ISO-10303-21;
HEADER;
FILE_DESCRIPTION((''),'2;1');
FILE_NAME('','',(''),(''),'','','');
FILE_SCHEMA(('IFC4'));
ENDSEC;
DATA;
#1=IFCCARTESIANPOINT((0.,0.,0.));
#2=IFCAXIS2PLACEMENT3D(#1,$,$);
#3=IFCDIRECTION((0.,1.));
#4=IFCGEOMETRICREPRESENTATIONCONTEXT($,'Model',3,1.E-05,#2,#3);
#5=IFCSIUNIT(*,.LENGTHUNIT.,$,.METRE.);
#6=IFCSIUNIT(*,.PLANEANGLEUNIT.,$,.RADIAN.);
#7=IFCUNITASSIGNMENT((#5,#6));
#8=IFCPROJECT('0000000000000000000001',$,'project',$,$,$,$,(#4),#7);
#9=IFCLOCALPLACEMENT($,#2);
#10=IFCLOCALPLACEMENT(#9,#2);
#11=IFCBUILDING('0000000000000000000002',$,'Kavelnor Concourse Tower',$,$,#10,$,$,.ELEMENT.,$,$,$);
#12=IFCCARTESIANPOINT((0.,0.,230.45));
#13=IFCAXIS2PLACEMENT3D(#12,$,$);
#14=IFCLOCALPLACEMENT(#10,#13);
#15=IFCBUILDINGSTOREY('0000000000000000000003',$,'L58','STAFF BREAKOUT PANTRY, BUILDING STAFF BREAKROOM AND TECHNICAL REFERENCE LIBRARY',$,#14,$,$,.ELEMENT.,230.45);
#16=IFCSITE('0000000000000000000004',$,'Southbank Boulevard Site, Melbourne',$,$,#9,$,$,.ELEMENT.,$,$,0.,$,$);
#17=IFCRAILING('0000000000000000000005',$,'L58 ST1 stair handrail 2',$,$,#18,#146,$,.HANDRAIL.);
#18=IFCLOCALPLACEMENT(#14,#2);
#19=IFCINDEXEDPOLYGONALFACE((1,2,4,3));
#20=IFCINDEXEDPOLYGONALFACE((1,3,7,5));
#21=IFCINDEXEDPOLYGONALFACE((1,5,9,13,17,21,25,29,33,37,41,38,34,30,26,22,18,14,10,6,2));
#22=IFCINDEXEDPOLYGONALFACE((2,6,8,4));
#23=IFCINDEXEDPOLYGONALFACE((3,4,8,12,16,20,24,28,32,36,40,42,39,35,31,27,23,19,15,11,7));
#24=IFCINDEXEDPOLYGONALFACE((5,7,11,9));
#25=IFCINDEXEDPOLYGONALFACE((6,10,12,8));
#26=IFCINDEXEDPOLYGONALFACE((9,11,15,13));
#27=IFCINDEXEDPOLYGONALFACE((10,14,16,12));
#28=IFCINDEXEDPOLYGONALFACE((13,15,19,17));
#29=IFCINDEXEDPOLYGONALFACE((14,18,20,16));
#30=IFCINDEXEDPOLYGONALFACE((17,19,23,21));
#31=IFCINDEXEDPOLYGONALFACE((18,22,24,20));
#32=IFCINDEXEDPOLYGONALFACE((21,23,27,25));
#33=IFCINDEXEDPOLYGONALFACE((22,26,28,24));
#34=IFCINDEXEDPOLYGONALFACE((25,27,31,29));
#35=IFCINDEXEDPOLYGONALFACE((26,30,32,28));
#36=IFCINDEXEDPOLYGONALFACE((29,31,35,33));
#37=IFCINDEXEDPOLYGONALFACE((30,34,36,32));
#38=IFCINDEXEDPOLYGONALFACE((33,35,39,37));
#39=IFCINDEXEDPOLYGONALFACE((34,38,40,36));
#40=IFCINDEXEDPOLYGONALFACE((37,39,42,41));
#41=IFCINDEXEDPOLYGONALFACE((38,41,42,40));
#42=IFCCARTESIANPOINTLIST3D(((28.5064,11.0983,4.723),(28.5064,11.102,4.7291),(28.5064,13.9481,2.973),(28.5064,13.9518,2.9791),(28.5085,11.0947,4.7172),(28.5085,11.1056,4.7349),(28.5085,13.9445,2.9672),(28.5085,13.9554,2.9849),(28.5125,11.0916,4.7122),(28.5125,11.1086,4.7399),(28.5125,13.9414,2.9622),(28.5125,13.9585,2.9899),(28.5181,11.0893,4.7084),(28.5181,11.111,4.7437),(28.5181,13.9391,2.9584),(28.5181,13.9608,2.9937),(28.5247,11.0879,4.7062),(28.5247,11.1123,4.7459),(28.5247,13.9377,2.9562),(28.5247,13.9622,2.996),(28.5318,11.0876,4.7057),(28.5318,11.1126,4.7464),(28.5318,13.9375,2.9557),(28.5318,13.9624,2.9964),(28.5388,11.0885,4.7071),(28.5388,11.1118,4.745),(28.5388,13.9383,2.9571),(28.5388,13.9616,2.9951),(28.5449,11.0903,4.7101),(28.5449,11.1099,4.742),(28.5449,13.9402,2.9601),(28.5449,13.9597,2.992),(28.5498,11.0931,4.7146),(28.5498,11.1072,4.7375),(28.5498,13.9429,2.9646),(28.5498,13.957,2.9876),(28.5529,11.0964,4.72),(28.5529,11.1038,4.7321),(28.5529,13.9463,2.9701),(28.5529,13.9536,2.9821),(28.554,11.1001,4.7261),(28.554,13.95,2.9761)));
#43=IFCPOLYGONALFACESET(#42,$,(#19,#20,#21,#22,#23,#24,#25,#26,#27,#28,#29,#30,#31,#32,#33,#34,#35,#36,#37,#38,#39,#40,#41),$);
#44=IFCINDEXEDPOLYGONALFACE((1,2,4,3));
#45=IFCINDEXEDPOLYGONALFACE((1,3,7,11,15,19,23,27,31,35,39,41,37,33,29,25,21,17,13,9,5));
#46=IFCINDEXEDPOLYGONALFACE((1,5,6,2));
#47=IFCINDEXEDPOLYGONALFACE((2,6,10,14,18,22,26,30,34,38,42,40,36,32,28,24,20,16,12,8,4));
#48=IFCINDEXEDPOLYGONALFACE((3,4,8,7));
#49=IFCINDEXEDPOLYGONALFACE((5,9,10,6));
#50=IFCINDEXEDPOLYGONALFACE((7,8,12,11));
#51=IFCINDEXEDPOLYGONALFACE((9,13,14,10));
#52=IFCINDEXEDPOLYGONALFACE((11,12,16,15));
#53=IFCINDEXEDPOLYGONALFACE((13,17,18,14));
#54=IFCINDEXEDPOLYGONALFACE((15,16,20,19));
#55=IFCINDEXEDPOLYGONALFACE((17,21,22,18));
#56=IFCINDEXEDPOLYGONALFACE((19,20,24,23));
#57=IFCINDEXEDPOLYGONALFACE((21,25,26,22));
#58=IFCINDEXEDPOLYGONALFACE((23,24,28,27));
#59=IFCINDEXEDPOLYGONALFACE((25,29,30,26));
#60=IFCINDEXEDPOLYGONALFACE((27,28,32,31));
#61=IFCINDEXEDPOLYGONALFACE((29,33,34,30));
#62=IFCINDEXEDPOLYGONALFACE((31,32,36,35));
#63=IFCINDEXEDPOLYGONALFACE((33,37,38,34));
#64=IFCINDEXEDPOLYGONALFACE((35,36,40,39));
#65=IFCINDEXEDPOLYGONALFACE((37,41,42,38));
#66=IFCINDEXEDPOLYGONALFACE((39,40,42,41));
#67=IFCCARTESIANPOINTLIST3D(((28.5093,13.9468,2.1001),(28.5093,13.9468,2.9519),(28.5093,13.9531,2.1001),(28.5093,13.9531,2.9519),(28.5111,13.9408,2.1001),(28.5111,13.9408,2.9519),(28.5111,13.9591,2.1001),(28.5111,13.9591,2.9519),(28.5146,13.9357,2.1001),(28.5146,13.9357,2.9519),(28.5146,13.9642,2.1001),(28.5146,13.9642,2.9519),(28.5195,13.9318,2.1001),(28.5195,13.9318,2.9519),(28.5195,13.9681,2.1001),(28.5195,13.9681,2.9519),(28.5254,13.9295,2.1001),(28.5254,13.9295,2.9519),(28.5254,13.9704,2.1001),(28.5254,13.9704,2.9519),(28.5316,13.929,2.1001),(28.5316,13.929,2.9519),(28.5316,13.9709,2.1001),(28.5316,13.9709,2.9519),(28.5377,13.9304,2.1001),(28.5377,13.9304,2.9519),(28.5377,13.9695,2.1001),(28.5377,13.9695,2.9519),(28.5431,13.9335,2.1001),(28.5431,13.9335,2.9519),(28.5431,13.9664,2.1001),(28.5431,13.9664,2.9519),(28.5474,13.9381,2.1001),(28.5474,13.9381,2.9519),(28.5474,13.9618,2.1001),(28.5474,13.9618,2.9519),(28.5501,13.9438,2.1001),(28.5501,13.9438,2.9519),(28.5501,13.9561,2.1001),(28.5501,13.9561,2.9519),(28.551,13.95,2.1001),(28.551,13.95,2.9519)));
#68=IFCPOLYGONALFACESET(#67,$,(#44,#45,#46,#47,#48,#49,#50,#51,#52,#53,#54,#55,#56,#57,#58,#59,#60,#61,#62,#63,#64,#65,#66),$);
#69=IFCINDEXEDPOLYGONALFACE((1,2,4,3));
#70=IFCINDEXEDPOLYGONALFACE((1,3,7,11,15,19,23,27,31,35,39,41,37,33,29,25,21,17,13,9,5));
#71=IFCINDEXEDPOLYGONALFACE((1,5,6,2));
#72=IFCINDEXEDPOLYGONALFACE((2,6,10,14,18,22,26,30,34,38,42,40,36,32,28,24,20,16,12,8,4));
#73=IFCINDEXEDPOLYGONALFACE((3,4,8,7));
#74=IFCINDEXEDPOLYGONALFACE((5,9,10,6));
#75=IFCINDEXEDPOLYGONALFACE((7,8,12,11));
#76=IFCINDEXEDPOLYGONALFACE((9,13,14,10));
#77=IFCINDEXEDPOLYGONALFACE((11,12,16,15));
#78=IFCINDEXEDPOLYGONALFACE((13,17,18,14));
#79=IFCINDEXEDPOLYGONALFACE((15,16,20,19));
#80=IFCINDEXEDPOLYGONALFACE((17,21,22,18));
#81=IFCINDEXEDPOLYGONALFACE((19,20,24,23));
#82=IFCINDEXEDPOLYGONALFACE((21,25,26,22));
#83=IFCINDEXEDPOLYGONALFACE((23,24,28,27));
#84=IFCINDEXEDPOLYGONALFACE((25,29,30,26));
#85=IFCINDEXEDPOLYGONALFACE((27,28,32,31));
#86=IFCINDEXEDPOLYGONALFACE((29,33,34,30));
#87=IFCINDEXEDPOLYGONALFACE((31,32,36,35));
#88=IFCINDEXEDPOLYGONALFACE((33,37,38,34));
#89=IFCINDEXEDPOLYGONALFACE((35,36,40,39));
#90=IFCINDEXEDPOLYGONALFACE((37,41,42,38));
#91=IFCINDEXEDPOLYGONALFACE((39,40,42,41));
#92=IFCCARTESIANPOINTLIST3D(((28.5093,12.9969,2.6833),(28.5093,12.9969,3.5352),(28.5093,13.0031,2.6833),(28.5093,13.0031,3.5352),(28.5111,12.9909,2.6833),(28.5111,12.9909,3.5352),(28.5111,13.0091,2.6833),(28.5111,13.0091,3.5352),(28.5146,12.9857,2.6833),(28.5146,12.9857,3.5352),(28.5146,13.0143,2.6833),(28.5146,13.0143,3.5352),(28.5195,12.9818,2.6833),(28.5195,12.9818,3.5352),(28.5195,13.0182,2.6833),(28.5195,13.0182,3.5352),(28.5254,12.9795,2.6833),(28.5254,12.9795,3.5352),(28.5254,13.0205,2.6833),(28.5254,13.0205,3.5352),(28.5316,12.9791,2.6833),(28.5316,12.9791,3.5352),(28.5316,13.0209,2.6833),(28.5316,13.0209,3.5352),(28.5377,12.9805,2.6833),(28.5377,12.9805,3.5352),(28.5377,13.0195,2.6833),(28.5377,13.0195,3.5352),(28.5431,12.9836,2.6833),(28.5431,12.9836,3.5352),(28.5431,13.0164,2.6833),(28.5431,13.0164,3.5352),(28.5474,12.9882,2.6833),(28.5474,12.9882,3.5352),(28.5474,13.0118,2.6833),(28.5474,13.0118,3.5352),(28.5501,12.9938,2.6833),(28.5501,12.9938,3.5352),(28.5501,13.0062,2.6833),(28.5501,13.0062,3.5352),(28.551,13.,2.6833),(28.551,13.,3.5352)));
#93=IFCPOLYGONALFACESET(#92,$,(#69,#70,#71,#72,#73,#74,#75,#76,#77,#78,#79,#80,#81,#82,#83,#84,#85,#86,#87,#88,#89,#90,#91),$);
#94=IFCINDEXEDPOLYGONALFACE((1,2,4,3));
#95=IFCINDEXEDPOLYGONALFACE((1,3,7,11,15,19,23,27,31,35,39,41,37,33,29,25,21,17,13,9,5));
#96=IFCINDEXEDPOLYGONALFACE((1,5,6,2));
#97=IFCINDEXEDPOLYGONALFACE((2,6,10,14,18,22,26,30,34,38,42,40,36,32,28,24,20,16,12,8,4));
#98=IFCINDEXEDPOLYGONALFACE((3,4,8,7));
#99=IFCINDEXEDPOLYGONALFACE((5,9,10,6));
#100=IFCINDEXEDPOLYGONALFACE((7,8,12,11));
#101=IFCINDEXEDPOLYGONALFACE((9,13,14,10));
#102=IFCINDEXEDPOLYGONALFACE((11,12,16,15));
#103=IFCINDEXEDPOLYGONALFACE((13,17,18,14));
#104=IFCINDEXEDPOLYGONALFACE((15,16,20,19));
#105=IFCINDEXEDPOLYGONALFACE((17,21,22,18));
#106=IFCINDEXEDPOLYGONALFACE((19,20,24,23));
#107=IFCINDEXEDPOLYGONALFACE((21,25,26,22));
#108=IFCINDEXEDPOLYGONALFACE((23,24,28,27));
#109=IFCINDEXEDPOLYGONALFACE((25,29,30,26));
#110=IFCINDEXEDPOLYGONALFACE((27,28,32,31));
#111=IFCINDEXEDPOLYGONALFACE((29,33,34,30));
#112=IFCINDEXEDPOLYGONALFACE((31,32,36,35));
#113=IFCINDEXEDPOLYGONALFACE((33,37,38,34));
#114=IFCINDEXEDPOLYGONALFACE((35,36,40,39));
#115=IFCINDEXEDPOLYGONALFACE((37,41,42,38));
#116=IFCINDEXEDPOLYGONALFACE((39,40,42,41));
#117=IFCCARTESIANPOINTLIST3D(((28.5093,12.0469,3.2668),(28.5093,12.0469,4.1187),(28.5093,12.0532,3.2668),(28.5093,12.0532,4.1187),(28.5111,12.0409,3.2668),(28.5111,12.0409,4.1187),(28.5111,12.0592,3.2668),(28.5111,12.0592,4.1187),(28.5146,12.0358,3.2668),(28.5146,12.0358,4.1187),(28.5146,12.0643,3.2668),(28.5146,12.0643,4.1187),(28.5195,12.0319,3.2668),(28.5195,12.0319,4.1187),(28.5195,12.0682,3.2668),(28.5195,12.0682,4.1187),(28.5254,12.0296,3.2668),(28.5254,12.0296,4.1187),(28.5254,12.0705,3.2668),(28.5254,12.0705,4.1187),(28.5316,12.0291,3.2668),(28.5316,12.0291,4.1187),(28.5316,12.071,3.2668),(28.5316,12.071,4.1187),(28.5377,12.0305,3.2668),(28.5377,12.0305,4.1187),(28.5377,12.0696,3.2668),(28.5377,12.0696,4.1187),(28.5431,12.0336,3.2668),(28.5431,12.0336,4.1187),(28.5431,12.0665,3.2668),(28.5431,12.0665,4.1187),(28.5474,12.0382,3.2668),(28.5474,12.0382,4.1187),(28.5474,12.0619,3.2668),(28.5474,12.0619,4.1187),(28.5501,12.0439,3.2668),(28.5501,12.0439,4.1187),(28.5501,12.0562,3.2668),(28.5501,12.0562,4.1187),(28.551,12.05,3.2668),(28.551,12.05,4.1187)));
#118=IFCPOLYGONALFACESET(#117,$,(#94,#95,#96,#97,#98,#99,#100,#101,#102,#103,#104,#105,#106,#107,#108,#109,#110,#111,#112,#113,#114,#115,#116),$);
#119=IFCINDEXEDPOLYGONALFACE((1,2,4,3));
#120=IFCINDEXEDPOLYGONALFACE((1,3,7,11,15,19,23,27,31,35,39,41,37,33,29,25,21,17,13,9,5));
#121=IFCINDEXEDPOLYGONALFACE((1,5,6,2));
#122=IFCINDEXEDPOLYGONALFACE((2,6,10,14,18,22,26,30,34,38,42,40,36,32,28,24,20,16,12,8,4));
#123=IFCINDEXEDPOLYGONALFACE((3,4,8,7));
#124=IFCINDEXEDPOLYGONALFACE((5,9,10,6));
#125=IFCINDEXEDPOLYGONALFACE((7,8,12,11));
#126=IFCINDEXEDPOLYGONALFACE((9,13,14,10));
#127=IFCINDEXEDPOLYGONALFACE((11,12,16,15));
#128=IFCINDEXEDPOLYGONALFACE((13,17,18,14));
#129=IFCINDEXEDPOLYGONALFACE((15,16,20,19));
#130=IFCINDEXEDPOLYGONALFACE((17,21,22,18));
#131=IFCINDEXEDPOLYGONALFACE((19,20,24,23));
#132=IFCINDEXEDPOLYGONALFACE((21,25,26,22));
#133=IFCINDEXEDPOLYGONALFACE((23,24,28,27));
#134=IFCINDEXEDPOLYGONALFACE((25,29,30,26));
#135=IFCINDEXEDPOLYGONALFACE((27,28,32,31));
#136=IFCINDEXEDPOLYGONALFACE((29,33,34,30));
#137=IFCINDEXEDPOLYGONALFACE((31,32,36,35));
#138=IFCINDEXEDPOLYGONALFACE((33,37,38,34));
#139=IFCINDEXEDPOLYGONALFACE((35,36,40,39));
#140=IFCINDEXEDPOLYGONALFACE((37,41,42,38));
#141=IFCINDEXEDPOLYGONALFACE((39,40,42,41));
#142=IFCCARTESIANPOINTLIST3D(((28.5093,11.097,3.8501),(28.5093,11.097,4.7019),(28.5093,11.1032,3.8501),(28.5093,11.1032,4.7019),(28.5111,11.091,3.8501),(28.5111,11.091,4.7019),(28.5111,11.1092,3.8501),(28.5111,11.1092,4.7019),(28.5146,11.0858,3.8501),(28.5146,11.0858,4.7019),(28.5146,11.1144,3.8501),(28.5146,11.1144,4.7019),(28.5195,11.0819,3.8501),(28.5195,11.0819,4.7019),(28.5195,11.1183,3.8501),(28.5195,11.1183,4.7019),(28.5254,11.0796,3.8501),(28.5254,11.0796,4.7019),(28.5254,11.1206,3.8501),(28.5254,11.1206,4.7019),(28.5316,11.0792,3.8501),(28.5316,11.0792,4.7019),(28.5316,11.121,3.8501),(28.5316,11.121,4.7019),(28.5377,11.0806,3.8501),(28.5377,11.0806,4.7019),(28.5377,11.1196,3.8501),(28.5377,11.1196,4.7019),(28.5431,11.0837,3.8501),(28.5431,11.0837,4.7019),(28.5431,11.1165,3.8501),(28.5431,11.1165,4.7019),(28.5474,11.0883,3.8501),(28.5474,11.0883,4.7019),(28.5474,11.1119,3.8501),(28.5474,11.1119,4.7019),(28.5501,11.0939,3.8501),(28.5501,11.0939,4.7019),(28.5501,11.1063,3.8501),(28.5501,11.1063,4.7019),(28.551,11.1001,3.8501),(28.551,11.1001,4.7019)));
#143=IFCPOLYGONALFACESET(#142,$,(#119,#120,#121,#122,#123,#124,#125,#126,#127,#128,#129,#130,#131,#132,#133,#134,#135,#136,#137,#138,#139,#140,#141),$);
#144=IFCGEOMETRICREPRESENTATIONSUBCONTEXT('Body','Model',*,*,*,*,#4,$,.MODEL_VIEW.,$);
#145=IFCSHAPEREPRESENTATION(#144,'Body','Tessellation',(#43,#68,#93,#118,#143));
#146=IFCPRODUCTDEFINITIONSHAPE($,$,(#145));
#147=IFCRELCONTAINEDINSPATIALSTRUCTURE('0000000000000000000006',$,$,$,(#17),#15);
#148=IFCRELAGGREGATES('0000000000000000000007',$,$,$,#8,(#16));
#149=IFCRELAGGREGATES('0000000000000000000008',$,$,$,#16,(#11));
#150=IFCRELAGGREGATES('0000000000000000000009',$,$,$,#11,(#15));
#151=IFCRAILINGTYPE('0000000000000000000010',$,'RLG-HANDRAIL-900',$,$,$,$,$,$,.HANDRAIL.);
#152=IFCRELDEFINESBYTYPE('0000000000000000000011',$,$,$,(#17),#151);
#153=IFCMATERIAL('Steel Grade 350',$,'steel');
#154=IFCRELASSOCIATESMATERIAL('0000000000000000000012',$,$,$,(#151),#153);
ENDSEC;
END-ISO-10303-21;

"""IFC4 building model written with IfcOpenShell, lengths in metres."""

from ifc_helpers import new_model, si_unit, direction, frame, origin, origin_2d, place, context, subcontext, project, spatial, circle, extrude, material, type_object, element, save


model = new_model("IFC4")

# Units and contexts
model_context = context("Model", 3, precision=1e-05, world=origin(), true_north=direction((0.0, 1.0)))
body_context = subcontext(model_context, "Body", "Model", "MODEL_VIEW")
ifc_project = project(units=[si_unit("LENGTHUNIT", "METRE"), si_unit("PLANEANGLEUNIT", "RADIAN")], contexts=[model_context])

# Site, building, storey
site_placement = place(None, origin())
site = spatial("IfcSite", under=ifc_project, at=site_placement, Name="Southbank Boulevard Site, Melbourne", CompositionType="ELEMENT", RefElevation=0.0)
building_placement = place(site_placement, origin())
building = spatial("IfcBuilding", under=site, at=building_placement, Name="Kavelnor Concourse Tower", CompositionType="ELEMENT")
storey_placement = place(building_placement, frame((0.0, 0.0, 230.45)))
storey = spatial("IfcBuildingStorey", under=building, at=storey_placement, Name="L58", Description="STAFF BREAKOUT PANTRY, BUILDING STAFF BREAKROOM AND TECHNICAL REFERENCE LIBRARY", CompositionType="ELEMENT", Elevation=230.45)

# Shared definitions
ifc_material_1 = material(Name="Steel Grade 350", Category="steel")

# Railing
railing_type_1 = type_object("IfcRailingType", Name="RLG-HANDRAIL-900", PredefinedType="HANDRAIL", material=ifc_material_1)
railing_1_placement = place(storey_placement, frame((28.53, 13.95, 2.1001)))
element("IfcRailing", 1, at=railing_1_placement, inside=storey, type_object=railing_type_1, Name="L58 ST1 stair handrail 2", PredefinedType="HANDRAIL", context=body_context, shape_type="SweptSolid", body=[
    extrude(circle(Radius=0.0239, at=origin_2d()), frame((0.0, 0.0, 0.876), z_axis=(0.0, -0.852159, 0.523283), x_axis=(1.0, 0.0, 0.0)), (0.0, 0.0, 1.0), 3.3442),
    extrude(circle(Radius=0.021, at=origin_2d()), origin(), (0.0, 0.0, 1.0), 0.8518),
    extrude(circle(Radius=0.021, at=origin_2d()), frame((0.0, -0.95, 0.5833)), (0.0, 0.0, 1.0), 0.8518),
    extrude(circle(Radius=0.021, at=origin_2d()), frame((0.0, -1.8999, 1.1667)), (0.0, 0.0, 1.0), 0.8518),
    extrude(circle(Radius=0.021, at=origin_2d()), frame((0.0, -2.8499, 1.75)), (0.0, 0.0, 1.0), 0.8518),
])

save(model, "model.ifc")
